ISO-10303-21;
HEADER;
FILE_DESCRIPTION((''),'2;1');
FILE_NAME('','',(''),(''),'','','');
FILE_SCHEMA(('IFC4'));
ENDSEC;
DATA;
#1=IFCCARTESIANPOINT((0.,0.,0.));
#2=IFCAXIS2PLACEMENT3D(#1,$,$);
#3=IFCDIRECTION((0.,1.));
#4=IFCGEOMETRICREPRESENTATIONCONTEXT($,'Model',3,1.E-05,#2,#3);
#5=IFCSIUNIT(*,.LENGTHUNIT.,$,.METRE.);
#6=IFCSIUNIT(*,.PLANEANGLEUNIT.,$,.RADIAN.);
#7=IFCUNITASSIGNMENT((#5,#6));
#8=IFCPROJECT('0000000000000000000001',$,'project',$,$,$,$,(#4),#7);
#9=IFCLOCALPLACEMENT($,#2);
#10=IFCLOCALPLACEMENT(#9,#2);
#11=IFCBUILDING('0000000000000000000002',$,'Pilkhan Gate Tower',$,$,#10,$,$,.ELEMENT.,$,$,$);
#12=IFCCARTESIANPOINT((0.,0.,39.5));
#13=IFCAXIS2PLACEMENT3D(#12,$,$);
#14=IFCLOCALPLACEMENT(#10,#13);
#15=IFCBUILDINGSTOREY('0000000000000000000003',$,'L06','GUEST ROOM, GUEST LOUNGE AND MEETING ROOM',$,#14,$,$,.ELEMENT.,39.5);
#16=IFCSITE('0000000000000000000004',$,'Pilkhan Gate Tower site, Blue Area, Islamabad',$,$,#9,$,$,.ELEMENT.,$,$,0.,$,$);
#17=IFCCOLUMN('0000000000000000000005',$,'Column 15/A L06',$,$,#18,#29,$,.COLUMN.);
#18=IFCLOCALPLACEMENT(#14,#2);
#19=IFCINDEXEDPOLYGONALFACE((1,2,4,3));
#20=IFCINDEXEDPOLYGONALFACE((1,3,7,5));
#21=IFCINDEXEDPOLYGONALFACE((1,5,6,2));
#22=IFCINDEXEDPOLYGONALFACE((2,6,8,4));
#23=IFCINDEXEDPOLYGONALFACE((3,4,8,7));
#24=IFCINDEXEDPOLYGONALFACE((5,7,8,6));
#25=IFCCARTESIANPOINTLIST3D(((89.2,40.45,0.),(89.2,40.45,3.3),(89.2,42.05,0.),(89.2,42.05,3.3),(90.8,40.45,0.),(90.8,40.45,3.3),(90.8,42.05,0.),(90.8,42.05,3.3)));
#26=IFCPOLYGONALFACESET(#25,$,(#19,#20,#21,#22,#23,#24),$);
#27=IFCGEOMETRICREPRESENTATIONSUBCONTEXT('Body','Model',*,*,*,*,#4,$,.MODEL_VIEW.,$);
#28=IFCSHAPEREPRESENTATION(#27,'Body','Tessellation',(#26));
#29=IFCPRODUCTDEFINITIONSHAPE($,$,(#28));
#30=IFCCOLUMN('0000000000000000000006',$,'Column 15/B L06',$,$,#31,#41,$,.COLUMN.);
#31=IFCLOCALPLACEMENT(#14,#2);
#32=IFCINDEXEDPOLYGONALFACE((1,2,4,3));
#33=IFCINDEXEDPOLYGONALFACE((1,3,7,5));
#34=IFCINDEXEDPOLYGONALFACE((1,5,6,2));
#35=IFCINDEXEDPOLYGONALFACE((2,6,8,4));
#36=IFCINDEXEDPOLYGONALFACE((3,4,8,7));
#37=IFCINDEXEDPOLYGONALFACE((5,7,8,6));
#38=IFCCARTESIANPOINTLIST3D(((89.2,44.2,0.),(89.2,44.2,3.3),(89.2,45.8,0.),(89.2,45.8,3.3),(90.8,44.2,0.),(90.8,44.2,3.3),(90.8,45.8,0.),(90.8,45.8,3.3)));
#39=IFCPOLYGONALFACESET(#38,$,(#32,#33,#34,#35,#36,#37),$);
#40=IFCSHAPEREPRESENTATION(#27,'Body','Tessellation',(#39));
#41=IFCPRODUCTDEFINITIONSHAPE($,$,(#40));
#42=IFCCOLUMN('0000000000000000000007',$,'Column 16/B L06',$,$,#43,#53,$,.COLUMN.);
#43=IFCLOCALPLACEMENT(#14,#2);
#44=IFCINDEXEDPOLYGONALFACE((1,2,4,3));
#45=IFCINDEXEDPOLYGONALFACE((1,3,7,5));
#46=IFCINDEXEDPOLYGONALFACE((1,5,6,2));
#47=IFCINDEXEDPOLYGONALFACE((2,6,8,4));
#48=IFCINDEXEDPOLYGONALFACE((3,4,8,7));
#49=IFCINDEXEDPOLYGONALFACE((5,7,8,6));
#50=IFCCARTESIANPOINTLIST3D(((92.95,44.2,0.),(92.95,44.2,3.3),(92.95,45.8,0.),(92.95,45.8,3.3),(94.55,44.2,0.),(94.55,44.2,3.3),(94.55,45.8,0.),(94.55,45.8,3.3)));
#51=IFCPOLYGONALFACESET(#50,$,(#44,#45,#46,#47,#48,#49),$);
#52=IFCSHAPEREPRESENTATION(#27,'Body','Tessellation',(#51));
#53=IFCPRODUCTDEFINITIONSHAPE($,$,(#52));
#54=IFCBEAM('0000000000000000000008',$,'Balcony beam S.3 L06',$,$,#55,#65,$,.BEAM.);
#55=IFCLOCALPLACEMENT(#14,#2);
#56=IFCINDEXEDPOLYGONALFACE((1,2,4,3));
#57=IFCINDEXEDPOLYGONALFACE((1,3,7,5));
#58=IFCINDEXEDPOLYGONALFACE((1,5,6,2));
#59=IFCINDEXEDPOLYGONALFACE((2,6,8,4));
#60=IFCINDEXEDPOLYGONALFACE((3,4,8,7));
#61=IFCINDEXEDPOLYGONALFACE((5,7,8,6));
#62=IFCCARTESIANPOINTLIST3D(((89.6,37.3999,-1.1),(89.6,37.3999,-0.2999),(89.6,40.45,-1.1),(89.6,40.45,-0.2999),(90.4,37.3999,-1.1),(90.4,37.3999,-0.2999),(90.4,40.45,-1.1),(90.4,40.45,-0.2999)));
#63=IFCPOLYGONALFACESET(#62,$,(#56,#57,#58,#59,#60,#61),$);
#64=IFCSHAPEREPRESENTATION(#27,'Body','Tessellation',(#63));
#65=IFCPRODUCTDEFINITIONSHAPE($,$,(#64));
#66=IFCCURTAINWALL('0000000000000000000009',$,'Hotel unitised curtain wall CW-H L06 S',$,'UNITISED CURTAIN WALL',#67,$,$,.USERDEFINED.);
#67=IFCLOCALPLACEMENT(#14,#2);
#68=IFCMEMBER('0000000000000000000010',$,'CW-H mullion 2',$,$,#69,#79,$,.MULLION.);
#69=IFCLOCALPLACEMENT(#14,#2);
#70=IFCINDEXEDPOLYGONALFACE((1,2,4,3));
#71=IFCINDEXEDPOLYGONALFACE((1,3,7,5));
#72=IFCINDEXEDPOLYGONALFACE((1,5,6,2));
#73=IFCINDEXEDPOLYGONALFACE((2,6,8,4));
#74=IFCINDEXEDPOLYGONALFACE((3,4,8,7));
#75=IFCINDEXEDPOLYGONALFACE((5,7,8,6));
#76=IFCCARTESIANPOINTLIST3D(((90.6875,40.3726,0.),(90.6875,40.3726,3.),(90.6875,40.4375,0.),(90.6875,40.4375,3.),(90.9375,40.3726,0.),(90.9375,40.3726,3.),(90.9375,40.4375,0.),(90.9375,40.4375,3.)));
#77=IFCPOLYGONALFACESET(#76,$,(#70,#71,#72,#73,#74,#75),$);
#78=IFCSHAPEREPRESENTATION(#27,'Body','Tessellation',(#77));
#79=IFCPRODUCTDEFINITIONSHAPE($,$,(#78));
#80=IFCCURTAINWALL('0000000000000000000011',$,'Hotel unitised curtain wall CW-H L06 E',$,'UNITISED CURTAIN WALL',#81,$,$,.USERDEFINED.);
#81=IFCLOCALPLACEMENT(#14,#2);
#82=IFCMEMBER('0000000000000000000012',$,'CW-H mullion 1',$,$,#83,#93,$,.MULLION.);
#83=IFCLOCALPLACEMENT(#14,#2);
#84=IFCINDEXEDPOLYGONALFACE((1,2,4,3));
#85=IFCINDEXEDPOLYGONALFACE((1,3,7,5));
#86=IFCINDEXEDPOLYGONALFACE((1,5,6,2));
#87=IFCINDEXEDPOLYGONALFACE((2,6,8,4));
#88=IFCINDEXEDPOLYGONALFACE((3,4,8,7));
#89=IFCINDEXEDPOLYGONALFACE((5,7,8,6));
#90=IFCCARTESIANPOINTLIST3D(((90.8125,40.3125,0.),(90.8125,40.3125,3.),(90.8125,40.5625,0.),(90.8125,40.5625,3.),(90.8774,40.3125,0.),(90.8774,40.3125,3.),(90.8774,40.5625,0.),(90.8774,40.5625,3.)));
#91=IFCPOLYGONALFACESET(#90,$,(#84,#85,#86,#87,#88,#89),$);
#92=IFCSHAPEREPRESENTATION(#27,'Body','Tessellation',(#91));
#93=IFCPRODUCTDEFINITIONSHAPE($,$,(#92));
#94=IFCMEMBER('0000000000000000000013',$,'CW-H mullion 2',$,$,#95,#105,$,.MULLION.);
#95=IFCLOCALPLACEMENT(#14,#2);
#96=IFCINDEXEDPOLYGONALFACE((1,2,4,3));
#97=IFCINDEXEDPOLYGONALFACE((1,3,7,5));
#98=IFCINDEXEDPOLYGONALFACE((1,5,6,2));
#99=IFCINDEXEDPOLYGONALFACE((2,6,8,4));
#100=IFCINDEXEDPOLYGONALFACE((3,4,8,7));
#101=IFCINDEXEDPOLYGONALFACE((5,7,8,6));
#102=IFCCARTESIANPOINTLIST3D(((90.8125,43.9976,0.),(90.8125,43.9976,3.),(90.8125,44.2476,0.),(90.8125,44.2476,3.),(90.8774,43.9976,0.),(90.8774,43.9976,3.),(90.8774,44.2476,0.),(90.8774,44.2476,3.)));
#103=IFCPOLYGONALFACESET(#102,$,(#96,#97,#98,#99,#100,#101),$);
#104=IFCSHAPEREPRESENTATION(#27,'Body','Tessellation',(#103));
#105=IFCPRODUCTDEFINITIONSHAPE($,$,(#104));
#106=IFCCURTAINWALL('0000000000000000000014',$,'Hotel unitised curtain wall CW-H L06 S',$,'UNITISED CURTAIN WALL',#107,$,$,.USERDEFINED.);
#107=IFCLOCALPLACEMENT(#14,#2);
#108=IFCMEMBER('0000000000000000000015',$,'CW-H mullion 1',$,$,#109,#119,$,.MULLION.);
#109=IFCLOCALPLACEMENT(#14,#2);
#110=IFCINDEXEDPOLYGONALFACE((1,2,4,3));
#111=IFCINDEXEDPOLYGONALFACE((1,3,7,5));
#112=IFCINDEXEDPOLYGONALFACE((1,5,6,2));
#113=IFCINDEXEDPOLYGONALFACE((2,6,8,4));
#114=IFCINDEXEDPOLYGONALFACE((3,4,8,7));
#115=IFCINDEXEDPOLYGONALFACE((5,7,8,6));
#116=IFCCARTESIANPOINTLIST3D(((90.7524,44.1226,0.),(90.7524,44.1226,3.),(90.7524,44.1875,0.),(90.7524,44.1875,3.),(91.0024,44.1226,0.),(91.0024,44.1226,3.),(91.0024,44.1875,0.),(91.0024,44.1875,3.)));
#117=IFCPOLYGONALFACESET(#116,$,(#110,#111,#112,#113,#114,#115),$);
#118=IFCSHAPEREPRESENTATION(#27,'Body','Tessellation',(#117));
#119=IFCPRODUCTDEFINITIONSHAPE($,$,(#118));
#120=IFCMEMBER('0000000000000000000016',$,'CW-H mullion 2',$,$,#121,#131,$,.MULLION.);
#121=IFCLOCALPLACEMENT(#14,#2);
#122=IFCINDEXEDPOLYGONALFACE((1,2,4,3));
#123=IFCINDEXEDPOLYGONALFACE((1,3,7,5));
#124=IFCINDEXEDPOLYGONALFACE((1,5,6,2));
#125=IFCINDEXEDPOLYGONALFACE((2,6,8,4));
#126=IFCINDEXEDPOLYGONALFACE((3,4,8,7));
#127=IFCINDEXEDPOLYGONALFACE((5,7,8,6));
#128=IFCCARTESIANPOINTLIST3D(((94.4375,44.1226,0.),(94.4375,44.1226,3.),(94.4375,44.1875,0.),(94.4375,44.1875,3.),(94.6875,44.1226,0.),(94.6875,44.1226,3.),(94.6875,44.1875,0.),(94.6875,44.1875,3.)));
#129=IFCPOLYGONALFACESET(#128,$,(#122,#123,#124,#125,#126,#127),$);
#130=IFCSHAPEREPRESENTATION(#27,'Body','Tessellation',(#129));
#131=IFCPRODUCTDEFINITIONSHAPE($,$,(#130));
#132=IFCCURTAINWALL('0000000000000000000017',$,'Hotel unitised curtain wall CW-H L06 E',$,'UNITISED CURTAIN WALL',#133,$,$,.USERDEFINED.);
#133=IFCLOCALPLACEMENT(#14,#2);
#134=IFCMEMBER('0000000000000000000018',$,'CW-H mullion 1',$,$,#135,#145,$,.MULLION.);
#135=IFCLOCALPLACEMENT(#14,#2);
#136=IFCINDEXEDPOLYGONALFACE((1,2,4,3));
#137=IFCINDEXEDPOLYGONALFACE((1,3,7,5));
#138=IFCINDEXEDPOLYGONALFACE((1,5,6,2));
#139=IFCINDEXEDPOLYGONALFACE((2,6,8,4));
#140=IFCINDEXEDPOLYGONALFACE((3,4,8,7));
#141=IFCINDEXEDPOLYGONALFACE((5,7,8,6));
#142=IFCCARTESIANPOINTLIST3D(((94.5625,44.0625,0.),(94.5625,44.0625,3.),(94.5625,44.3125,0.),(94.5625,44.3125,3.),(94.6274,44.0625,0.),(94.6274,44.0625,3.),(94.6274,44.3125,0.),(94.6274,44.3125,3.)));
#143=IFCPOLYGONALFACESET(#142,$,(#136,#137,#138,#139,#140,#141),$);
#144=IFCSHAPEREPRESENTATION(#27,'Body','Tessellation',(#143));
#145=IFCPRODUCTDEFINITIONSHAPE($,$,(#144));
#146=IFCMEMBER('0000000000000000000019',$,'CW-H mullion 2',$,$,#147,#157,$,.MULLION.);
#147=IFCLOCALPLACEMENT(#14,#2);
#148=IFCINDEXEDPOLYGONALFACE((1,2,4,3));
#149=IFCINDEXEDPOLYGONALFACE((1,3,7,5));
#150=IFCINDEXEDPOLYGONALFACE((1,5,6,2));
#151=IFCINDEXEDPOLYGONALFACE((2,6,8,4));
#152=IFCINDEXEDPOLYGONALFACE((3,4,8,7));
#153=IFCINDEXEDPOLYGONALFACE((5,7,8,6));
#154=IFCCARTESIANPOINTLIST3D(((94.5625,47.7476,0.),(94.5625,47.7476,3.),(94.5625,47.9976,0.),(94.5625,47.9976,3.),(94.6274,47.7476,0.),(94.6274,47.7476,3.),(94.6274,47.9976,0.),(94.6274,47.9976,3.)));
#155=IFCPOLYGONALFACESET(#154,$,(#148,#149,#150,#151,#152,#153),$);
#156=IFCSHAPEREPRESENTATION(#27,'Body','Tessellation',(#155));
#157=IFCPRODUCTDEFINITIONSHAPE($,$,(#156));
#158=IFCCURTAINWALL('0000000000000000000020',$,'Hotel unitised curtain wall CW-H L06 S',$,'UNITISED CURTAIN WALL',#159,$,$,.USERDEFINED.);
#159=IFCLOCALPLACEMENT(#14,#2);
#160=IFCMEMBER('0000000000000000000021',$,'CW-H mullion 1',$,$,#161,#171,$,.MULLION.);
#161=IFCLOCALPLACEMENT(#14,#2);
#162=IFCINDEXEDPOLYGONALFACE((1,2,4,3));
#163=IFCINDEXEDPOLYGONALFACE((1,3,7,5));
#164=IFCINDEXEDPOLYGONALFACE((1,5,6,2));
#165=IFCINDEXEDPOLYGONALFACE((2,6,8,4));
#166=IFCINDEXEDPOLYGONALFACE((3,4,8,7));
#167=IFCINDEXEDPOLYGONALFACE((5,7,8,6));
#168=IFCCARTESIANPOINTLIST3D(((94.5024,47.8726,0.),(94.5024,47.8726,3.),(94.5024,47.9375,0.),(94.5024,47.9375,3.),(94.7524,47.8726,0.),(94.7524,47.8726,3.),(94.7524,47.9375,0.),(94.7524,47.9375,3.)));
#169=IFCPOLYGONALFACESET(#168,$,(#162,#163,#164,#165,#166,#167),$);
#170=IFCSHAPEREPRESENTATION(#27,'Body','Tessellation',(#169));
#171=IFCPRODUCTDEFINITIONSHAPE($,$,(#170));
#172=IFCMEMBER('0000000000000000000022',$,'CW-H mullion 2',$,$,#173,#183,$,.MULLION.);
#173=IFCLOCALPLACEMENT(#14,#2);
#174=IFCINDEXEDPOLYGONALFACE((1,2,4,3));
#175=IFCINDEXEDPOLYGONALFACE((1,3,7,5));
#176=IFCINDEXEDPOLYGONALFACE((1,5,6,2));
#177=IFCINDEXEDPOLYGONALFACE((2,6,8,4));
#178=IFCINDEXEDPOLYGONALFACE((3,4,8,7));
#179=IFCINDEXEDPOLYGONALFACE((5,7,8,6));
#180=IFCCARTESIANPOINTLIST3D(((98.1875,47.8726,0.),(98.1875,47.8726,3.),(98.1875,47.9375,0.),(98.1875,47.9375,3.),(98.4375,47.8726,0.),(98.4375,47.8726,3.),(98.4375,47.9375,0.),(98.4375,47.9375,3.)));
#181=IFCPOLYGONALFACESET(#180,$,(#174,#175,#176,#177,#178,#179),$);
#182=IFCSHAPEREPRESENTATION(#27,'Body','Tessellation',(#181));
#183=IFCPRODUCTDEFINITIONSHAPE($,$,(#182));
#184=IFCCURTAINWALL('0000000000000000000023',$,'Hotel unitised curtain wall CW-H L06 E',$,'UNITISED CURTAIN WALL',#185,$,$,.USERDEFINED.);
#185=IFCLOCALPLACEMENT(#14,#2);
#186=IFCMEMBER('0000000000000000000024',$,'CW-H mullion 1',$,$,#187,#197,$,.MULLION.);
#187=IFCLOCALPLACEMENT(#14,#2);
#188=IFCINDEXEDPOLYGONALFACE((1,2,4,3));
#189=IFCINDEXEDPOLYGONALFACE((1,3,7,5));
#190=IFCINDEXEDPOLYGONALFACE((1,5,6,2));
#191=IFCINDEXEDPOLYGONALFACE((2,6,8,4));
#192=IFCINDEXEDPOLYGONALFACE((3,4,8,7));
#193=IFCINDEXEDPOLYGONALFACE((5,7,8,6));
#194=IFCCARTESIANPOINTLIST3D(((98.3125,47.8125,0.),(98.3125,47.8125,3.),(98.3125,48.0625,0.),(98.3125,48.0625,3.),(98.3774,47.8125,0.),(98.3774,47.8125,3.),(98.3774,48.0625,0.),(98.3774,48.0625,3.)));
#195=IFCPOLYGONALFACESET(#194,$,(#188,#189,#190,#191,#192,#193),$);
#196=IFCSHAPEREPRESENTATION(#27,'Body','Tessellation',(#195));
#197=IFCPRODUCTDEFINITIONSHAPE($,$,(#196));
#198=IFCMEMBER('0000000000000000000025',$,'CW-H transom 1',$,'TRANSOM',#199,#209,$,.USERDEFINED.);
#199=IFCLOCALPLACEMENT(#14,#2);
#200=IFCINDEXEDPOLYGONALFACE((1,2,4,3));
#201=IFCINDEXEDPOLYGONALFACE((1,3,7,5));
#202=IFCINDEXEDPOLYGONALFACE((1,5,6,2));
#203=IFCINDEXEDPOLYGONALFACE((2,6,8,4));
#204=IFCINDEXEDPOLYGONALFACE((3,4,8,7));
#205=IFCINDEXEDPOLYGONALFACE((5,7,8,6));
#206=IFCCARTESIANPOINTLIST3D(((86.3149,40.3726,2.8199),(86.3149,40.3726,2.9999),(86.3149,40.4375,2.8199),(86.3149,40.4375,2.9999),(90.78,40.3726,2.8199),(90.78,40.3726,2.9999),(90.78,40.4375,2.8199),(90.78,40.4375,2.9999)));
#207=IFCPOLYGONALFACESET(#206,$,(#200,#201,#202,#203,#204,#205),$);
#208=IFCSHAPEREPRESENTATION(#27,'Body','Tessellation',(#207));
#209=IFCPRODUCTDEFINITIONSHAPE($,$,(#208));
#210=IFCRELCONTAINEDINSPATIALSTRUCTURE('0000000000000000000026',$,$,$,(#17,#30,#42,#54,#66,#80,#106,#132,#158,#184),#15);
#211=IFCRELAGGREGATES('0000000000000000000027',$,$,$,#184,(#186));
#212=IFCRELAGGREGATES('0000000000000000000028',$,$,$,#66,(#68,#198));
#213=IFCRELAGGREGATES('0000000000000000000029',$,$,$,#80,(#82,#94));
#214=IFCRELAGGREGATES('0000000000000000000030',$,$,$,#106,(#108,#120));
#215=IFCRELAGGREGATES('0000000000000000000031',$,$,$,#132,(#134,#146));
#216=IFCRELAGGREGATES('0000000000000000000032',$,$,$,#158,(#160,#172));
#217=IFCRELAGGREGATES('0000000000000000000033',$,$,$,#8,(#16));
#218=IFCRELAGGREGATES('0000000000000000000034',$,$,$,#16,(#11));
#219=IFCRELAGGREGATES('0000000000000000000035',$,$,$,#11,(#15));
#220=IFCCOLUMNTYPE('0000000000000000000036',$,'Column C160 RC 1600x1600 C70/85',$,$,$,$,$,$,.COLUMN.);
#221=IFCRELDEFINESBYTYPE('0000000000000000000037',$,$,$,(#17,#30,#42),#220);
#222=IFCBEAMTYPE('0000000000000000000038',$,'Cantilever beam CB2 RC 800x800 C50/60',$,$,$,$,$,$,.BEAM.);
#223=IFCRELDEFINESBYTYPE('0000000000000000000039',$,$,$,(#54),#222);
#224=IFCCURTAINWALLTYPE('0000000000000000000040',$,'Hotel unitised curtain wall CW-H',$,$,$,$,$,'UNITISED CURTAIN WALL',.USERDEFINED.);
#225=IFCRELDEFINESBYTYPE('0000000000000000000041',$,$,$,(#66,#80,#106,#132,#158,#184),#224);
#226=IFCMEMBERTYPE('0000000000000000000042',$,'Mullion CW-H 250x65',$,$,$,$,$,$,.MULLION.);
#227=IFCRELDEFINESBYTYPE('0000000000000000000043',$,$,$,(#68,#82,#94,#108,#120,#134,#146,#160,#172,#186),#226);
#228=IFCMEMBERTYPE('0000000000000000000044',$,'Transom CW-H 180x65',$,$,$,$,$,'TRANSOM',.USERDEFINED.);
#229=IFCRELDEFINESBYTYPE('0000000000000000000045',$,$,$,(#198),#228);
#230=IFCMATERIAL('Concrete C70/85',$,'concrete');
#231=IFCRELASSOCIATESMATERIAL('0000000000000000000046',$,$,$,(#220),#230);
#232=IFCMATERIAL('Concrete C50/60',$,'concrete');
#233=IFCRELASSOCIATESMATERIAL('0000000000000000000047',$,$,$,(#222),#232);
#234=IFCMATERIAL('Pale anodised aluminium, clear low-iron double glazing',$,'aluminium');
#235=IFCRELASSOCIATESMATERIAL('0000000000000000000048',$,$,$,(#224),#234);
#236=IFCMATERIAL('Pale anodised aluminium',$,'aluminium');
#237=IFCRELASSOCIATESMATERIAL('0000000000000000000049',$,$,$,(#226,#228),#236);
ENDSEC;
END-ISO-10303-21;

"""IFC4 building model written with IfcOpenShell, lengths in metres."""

from ifc_helpers import new_model, si_unit, direction, frame, origin, origin_2d, place, context, subcontext, project, spatial, rectangle, extrude, material, material_profile, profile_set, type_object, element, aggregate, save


model = new_model("IFC4")

# Units and contexts
model_context = context("Model", 3, precision=1e-05, world=origin(), true_north=direction((0.0, 1.0)))
body_context = subcontext(model_context, "Body", "Model", "MODEL_VIEW")
ifc_project = project(units=[si_unit("LENGTHUNIT", "METRE"), si_unit("PLANEANGLEUNIT", "RADIAN")], contexts=[model_context])

# Site, building, storey
site_placement = place(None, origin())
site = spatial("IfcSite", under=ifc_project, at=site_placement, Name="Pilkhan Gate Tower site, Blue Area, Islamabad", CompositionType="ELEMENT", RefElevation=0.0)
building_placement = place(site_placement, origin())
building = spatial("IfcBuilding", under=site, at=building_placement, Name="Pilkhan Gate Tower", CompositionType="ELEMENT")
storey_placement = place(building_placement, frame((0.0, 0.0, 39.5)))
storey = spatial("IfcBuildingStorey", under=building, at=storey_placement, Name="L06", Description="GUEST ROOM, GUEST LOUNGE AND MEETING ROOM", CompositionType="ELEMENT", Elevation=39.5)

# Columns
ifc_material_1 = material(Name="Concrete C70/85", Category="concrete")
ifc_material_profile_1 = material_profile(ifc_material_1, rectangle(XDim=1.6001, YDim=1.6001, at=origin_2d()), Name="RC 1600x1600")
ifc_profile_set_1 = profile_set([ifc_material_profile_1], Name="Concrete C70/85")
column_type = type_object("IfcColumnType", Name="Column C160 RC 1600x1600 C70/85", PredefinedType="COLUMN", material=ifc_profile_set_1)
for number, where, z_axis, x_axis, name in (
    (1, (90.0, 41.25, 0.0), (0.0, 0.0, 1.0), (1.0, 0.0, 0.0), "Column 15/A L06"),
    (2, (90.0, 45.0, 0.0), (0.0, 0.0, 1.0), (1.0, 0.0, 0.0), "Column 15/B L06"),
    (3, (93.75, 45.0, 0.0), (0.0, 0.0, 1.0), (1.0, 0.0, 0.0), "Column 16/B L06"),
):
    element("IfcColumn", number, at=place(storey_placement, frame(where, z_axis=z_axis, x_axis=x_axis)), inside=storey, type_object=column_type, Name=name, PredefinedType="COLUMN", context=body_context, shape_type="SweptSolid", body=[
        extrude(rectangle(XDim=1.6001, YDim=1.6001, at=origin_2d()), origin(), (0.0, 0.0, 1.0), 3.3),
    ])

# Beam
ifc_material_2 = material(Name="Concrete C50/60", Category="concrete")
ifc_material_profile_2 = material_profile(ifc_material_2, rectangle(XDim=0.8, YDim=0.8, at=origin_2d()), Name="RC 800x800")
ifc_profile_set_2 = profile_set([ifc_material_profile_2], Name="Concrete C50/60")
beam_type = type_object("IfcBeamType", Name="Cantilever beam CB2 RC 800x800 C50/60", PredefinedType="BEAM", material=ifc_profile_set_2)
beam_placement = place(storey_placement, frame((90.0, 40.45, -0.7), z_axis=(0.0, -1.0, 0.0), x_axis=(1.0, 0.0, 0.0)))
element("IfcBeam", 4, at=beam_placement, inside=storey, type_object=beam_type, Name="Balcony beam S.3 L06", PredefinedType="BEAM", context=body_context, shape_type="SweptSolid", body=[
    extrude(rectangle(XDim=0.8, YDim=0.8, at=origin_2d()), origin(), (0.0, 0.0, 1.0), 3.05),
])

# Curtain wall, member
ifc_material_3 = material(Name="Pale anodised aluminium, clear low-iron double glazing", Category="aluminium")
curtain_wall_type = type_object("IfcCurtainWallType", Name="Hotel unitised curtain wall CW-H", ElementType="UNITISED CURTAIN WALL", PredefinedType="USERDEFINED", material=ifc_material_3)
curtain_wall_1_placement = place(storey_placement, origin())
curtain_wall_1 = element("IfcCurtainWall", 5, at=curtain_wall_1_placement, inside=storey, type_object=curtain_wall_type, Name="Hotel unitised curtain wall CW-H L06 S", ObjectType="UNITISED CURTAIN WALL", PredefinedType="USERDEFINED")
ifc_material_4 = material(Name="Pale anodised aluminium", Category="aluminium")
ifc_material_profile_3 = material_profile(ifc_material_4, rectangle(XDim=0.0649, YDim=0.25, at=origin_2d()), Name="Mullion 250x65")
ifc_profile_set_3 = profile_set([ifc_material_profile_3], Name="Pale anodised aluminium")
member_type_1 = type_object("IfcMemberType", Name="Mullion CW-H 250x65", PredefinedType="MULLION", material=ifc_profile_set_3)
member_1_placement = place(storey_placement, frame((90.8125, 40.405, 0.0), z_axis=(0.0, 0.0, 1.0), x_axis=(0.0, 1.0, 0.0)))
member_1 = element("IfcMember", 6, at=member_1_placement, type_object=member_type_1, Name="CW-H mullion 2", PredefinedType="MULLION", context=body_context, shape_type="SweptSolid", body=[
    extrude(rectangle(XDim=0.0649, YDim=0.25, at=origin_2d()), origin(), (0.0, 0.0, 1.0), 3.0),
])

# Curtain walls, members
curtain_wall_2_placement = place(storey_placement, origin())
curtain_wall_2 = element("IfcCurtainWall", 7, at=curtain_wall_2_placement, inside=storey, type_object=curtain_wall_type, Name="Hotel unitised curtain wall CW-H L06 E", ObjectType="UNITISED CURTAIN WALL", PredefinedType="USERDEFINED")
member_2_placement = place(storey_placement, frame((90.845, 40.4375, 0.0), z_axis=(0.0, 0.0, 1.0), x_axis=(-1.0, 0.0, 0.0)))
member_2 = element("IfcMember", 8, at=member_2_placement, type_object=member_type_1, Name="CW-H mullion 1", PredefinedType="MULLION", context=body_context, shape_type="SweptSolid", body=[
    extrude(rectangle(XDim=0.0649, YDim=0.25, at=origin_2d()), origin(), (0.0, 0.0, 1.0), 3.0),
])
member_3_placement = place(storey_placement, frame((90.845, 44.1226, 0.0), z_axis=(0.0, 0.0, 1.0), x_axis=(-1.0, 0.0, 0.0)))
member_3 = element("IfcMember", 9, at=member_3_placement, type_object=member_type_1, Name="CW-H mullion 2", PredefinedType="MULLION", context=body_context, shape_type="SweptSolid", body=[
    extrude(rectangle(XDim=0.0649, YDim=0.25, at=origin_2d()), origin(), (0.0, 0.0, 1.0), 3.0),
])
curtain_wall_3_placement = place(storey_placement, origin())
curtain_wall_3 = element("IfcCurtainWall", 10, at=curtain_wall_3_placement, inside=storey, type_object=curtain_wall_type, Name="Hotel unitised curtain wall CW-H L06 S", ObjectType="UNITISED CURTAIN WALL", PredefinedType="USERDEFINED")
member_4_placement = place(storey_placement, frame((90.8774, 44.155, 0.0), z_axis=(0.0, 0.0, 1.0), x_axis=(0.0, 1.0, 0.0)))
member_4 = element("IfcMember", 11, at=member_4_placement, type_object=member_type_1, Name="CW-H mullion 1", PredefinedType="MULLION", context=body_context, shape_type="SweptSolid", body=[
    extrude(rectangle(XDim=0.0649, YDim=0.25, at=origin_2d()), origin(), (0.0, 0.0, 1.0), 3.0),
])
member_5_placement = place(storey_placement, frame((94.5625, 44.155, 0.0), z_axis=(0.0, 0.0, 1.0), x_axis=(0.0, 1.0, 0.0)))
member_5 = element("IfcMember", 12, at=member_5_placement, type_object=member_type_1, Name="CW-H mullion 2", PredefinedType="MULLION", context=body_context, shape_type="SweptSolid", body=[
    extrude(rectangle(XDim=0.0649, YDim=0.25, at=origin_2d()), origin(), (0.0, 0.0, 1.0), 3.0),
])
curtain_wall_4_placement = place(storey_placement, origin())
curtain_wall_4 = element("IfcCurtainWall", 13, at=curtain_wall_4_placement, inside=storey, type_object=curtain_wall_type, Name="Hotel unitised curtain wall CW-H L06 E", ObjectType="UNITISED CURTAIN WALL", PredefinedType="USERDEFINED")
member_6_placement = place(storey_placement, frame((94.595, 44.1875, 0.0), z_axis=(0.0, 0.0, 1.0), x_axis=(-1.0, 0.0, 0.0)))
member_6 = element("IfcMember", 14, at=member_6_placement, type_object=member_type_1, Name="CW-H mullion 1", PredefinedType="MULLION", context=body_context, shape_type="SweptSolid", body=[
    extrude(rectangle(XDim=0.0649, YDim=0.25, at=origin_2d()), origin(), (0.0, 0.0, 1.0), 3.0),
])
member_7_placement = place(storey_placement, frame((94.595, 47.8726, 0.0), z_axis=(0.0, 0.0, 1.0), x_axis=(-1.0, 0.0, 0.0)))
member_7 = element("IfcMember", 15, at=member_7_placement, type_object=member_type_1, Name="CW-H mullion 2", PredefinedType="MULLION", context=body_context, shape_type="SweptSolid", body=[
    extrude(rectangle(XDim=0.0649, YDim=0.25, at=origin_2d()), origin(), (0.0, 0.0, 1.0), 3.0),
])
curtain_wall_5_placement = place(storey_placement, origin())
curtain_wall_5 = element("IfcCurtainWall", 16, at=curtain_wall_5_placement, inside=storey, type_object=curtain_wall_type, Name="Hotel unitised curtain wall CW-H L06 S", ObjectType="UNITISED CURTAIN WALL", PredefinedType="USERDEFINED")
member_8_placement = place(storey_placement, frame((94.6274, 47.905, 0.0), z_axis=(0.0, 0.0, 1.0), x_axis=(0.0, 1.0, 0.0)))
member_8 = element("IfcMember", 17, at=member_8_placement, type_object=member_type_1, Name="CW-H mullion 1", PredefinedType="MULLION", context=body_context, shape_type="SweptSolid", body=[
    extrude(rectangle(XDim=0.0649, YDim=0.25, at=origin_2d()), origin(), (0.0, 0.0, 1.0), 3.0),
])
member_9_placement = place(storey_placement, frame((98.3125, 47.905, 0.0), z_axis=(0.0, 0.0, 1.0), x_axis=(0.0, 1.0, 0.0)))
member_9 = element("IfcMember", 18, at=member_9_placement, type_object=member_type_1, Name="CW-H mullion 2", PredefinedType="MULLION", context=body_context, shape_type="SweptSolid", body=[
    extrude(rectangle(XDim=0.0649, YDim=0.25, at=origin_2d()), origin(), (0.0, 0.0, 1.0), 3.0),
])

# Curtain wall, member
curtain_wall_6_placement = place(storey_placement, origin())
curtain_wall_6 = element("IfcCurtainWall", 19, at=curtain_wall_6_placement, inside=storey, type_object=curtain_wall_type, Name="Hotel unitised curtain wall CW-H L06 E", ObjectType="UNITISED CURTAIN WALL", PredefinedType="USERDEFINED")
member_10_placement = place(storey_placement, frame((98.345, 47.9375, 0.0), z_axis=(0.0, 0.0, 1.0), x_axis=(-1.0, 0.0, 0.0)))
member_10 = element("IfcMember", 20, at=member_10_placement, type_object=member_type_1, Name="CW-H mullion 1", PredefinedType="MULLION", context=body_context, shape_type="SweptSolid", body=[
    extrude(rectangle(XDim=0.0649, YDim=0.25, at=origin_2d()), origin(), (0.0, 0.0, 1.0), 3.0),
])

# Member
ifc_material_profile_4 = material_profile(ifc_material_4, rectangle(XDim=0.0649, YDim=0.1799, at=origin_2d()), Name="Transom 180x65")
ifc_profile_set_4 = profile_set([ifc_material_profile_4], Name="Pale anodised aluminium")
member_type_2 = type_object("IfcMemberType", Name="Transom CW-H 180x65", ElementType="TRANSOM", PredefinedType="USERDEFINED", material=ifc_profile_set_4)
member_11_placement = place(storey_placement, frame((86.3149, 40.405, 2.9099), z_axis=(1.0, 0.0, 0.0), x_axis=(0.0, 1.0, 0.0)))
member_11 = element("IfcMember", 21, at=member_11_placement, type_object=member_type_2, Name="CW-H transom 1", ObjectType="TRANSOM", PredefinedType="USERDEFINED", context=body_context, shape_type="SweptSolid", body=[
    extrude(rectangle(XDim=0.0649, YDim=0.1799, at=origin_2d()), origin(), (0.0, 0.0, 1.0), 4.4651),
])
aggregate(curtain_wall_6, [member_10])

aggregate(curtain_wall_1, [member_1, member_11])
aggregate(curtain_wall_2, [member_2, member_3])
aggregate(curtain_wall_3, [member_4, member_5])
aggregate(curtain_wall_4, [member_6, member_7])
aggregate(curtain_wall_5, [member_8, member_9])

save(model, "model.ifc")
